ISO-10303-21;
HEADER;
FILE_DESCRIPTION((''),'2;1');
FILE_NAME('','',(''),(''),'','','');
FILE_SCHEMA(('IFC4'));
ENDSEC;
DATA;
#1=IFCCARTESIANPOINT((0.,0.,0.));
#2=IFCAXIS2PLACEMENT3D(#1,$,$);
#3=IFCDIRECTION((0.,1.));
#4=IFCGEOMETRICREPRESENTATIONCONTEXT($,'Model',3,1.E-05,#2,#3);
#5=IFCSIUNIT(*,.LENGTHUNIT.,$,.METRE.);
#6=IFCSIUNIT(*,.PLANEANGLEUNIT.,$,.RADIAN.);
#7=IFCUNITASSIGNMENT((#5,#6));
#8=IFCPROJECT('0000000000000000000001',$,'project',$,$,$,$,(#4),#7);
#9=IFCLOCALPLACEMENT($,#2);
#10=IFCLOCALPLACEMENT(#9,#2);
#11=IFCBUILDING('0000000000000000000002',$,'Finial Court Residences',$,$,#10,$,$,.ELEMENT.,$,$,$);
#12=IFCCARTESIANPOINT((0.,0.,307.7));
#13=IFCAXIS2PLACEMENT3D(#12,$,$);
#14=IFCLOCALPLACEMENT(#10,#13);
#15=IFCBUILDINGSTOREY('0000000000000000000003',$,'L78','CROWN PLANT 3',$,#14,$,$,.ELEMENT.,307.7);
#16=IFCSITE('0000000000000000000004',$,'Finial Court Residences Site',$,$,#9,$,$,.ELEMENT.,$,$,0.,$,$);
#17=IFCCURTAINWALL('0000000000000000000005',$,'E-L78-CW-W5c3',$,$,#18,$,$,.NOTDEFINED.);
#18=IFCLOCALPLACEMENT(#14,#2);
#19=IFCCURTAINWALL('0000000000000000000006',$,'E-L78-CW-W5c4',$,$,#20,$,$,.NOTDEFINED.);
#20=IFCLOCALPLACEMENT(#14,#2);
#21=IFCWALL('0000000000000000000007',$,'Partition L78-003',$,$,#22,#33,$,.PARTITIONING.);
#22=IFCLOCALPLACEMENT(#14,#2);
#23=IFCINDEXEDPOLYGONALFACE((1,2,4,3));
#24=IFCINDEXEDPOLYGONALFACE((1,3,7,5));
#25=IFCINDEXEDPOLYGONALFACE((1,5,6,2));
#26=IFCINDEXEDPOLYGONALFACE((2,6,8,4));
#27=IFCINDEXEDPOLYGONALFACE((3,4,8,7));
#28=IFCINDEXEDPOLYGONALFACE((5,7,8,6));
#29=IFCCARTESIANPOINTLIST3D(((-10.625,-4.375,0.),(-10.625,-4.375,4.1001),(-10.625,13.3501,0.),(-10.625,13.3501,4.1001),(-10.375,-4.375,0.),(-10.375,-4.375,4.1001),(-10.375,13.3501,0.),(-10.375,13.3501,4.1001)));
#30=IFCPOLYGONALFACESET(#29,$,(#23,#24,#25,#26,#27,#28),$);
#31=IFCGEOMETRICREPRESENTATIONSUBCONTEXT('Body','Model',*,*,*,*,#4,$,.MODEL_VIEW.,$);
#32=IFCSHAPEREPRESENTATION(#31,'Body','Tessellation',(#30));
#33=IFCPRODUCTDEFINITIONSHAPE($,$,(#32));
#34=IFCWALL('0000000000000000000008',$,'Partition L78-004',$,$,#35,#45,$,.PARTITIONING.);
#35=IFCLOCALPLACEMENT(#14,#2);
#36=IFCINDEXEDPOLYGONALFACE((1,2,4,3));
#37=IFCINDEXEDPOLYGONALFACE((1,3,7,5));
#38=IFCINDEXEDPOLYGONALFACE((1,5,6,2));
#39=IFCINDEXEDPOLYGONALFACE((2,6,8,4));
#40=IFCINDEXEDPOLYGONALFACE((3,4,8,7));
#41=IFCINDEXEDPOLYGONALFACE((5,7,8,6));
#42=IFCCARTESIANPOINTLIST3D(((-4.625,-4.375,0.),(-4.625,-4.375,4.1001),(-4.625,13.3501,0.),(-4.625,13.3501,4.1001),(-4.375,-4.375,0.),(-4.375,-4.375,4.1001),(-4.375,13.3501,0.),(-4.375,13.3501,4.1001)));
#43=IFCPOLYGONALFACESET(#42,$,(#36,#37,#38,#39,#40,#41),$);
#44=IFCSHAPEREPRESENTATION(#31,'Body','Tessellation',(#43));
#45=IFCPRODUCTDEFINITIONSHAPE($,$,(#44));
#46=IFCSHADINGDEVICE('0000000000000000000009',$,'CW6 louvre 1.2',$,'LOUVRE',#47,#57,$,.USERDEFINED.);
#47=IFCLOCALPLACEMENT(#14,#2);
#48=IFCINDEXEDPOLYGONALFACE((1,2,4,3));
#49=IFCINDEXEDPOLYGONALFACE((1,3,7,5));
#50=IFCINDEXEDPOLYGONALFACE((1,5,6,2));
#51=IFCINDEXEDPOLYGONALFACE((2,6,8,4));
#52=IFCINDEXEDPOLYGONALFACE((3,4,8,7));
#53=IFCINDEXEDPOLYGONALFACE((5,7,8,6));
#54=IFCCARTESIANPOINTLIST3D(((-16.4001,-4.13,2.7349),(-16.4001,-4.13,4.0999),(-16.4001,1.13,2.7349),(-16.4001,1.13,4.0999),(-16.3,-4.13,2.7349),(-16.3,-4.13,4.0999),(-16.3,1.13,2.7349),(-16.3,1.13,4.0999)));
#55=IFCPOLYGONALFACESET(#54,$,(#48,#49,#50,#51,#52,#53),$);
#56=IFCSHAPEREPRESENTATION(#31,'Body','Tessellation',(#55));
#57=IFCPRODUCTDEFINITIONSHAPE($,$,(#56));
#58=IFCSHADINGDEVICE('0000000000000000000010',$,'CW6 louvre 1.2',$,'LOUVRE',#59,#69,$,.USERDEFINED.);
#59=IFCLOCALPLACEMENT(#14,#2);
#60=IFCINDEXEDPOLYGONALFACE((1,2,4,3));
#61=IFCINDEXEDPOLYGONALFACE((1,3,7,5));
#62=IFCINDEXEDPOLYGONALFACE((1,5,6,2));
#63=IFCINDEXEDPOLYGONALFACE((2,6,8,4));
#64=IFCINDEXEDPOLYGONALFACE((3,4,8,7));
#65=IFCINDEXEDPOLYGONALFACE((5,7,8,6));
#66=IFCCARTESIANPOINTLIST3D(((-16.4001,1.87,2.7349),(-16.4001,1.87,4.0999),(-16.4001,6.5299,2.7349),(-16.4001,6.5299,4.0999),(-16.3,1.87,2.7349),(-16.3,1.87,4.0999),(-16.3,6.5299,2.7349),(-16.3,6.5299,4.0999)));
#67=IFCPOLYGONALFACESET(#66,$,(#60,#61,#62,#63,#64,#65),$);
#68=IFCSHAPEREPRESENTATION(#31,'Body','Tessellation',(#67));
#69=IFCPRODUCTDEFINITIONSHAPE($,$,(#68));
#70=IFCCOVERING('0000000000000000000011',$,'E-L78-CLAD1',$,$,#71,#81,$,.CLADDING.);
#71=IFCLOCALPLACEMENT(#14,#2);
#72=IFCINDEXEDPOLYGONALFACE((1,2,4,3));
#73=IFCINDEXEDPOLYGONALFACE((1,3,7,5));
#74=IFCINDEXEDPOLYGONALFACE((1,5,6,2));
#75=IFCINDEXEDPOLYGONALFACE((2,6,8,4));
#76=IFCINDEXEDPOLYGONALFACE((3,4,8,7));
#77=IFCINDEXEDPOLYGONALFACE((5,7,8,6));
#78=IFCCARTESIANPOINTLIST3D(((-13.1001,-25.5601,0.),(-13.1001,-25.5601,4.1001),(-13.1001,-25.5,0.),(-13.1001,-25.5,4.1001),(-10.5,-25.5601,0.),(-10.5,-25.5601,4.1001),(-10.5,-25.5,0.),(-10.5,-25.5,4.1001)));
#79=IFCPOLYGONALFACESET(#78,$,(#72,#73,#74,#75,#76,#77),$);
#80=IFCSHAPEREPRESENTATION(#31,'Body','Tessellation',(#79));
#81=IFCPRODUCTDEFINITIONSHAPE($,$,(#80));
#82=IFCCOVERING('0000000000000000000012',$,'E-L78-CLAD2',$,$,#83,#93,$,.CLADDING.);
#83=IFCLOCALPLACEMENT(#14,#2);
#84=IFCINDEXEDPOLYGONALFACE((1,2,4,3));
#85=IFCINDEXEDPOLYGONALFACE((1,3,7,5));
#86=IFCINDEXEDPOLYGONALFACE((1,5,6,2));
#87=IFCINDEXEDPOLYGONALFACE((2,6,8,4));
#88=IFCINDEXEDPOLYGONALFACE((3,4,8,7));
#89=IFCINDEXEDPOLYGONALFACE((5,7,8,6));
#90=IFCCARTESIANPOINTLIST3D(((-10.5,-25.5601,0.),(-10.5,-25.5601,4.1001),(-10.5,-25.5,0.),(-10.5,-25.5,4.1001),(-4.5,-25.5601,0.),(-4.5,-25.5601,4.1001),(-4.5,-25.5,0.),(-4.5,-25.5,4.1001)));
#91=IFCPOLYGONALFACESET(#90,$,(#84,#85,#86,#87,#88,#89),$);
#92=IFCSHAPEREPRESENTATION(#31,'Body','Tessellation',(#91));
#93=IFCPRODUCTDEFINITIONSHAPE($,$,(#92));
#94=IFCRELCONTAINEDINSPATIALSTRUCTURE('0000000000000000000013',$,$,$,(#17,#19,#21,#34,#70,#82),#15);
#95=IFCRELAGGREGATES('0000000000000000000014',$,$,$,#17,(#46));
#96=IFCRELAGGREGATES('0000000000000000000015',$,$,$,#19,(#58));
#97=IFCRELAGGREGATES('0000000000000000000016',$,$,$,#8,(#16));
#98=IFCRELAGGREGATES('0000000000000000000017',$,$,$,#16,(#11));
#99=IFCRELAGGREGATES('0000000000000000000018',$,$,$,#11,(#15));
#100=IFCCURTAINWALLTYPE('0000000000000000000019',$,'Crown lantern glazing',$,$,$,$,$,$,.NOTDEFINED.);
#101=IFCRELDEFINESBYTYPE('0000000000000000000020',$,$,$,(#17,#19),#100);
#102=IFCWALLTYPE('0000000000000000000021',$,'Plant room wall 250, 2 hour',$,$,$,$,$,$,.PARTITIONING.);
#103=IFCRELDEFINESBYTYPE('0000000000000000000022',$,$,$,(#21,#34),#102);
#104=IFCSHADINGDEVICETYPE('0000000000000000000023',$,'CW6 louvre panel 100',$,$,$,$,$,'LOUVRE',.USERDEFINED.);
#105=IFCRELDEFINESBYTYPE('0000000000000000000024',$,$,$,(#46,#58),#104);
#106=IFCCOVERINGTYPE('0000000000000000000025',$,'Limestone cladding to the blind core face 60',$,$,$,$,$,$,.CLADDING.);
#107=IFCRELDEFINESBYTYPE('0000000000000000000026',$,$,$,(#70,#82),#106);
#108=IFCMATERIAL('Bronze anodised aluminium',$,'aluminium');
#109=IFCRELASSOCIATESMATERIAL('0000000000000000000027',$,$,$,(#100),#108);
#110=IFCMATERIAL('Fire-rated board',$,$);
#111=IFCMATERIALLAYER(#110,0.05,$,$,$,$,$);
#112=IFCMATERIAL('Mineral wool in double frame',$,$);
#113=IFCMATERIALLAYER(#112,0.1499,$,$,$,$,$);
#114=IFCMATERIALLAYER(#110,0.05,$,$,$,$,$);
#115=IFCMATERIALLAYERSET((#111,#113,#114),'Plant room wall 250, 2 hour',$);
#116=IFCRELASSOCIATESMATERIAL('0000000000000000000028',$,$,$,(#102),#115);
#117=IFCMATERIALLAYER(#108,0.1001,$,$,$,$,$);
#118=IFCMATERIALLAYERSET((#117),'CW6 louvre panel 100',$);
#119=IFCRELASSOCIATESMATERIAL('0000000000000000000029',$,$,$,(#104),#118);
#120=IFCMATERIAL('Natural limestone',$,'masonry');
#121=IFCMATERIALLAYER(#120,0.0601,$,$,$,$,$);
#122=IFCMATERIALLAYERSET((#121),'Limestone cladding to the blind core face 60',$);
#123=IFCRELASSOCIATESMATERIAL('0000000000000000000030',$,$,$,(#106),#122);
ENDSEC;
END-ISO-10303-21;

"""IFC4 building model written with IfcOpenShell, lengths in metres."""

from ifc_helpers import new_model, si_unit, direction, frame, frame_2d, origin, origin_2d, place, context, subcontext, project, spatial, polyline, rectangle, outline, extrude, material, layer, layer_set, type_object, element, aggregate, save


model = new_model("IFC4")

# Units and contexts
model_context = context("Model", 3, precision=1e-05, world=origin(), true_north=direction((0.0, 1.0)))
body_context = subcontext(model_context, "Body", "Model", "MODEL_VIEW")
ifc_project = project(units=[si_unit("LENGTHUNIT", "METRE"), si_unit("PLANEANGLEUNIT", "RADIAN")], contexts=[model_context])

# Site, building, storey
site_placement = place(None, origin())
site = spatial("IfcSite", under=ifc_project, at=site_placement, Name="Finial Court Residences Site", CompositionType="ELEMENT", RefElevation=0.0)
building_placement = place(site_placement, origin())
building = spatial("IfcBuilding", under=site, at=building_placement, Name="Finial Court Residences", CompositionType="ELEMENT")
storey_placement = place(building_placement, frame((0.0, 0.0, 307.7)))
storey = spatial("IfcBuildingStorey", under=building, at=storey_placement, Name="L78", Description="CROWN PLANT 3", CompositionType="ELEMENT", Elevation=307.7)

# Curtain wall
ifc_material_1 = material(Name="Bronze anodised aluminium", Category="aluminium")
curtain_wall_type = type_object("IfcCurtainWallType", Name="Crown lantern glazing", PredefinedType="NOTDEFINED", material=ifc_material_1)
curtain_wall_1_placement = place(storey_placement, origin())
curtain_wall_1 = element("IfcCurtainWall", 1, at=curtain_wall_1_placement, inside=storey, type_object=curtain_wall_type, Name="E-L78-CW-W5c3", PredefinedType="NOTDEFINED")

# Curtain wall
curtain_wall_2_placement = place(storey_placement, origin())
curtain_wall_2 = element("IfcCurtainWall", 2, at=curtain_wall_2_placement, inside=storey, type_object=curtain_wall_type, Name="E-L78-CW-W5c4", PredefinedType="NOTDEFINED")

# Shared definitions
ifc_material_2 = material(Name="Fire-rated board")
ifc_layer_1 = layer(ifc_material_2, 0.05)
ifc_material_3 = material(Name="Mineral wool in double frame")
ifc_layer_2 = layer(ifc_material_3, 0.1499)
ifc_layer_3 = layer(ifc_material_2, 0.05)
ifc_layer_set_1 = layer_set([ifc_layer_1, ifc_layer_2, ifc_layer_3], Name="Plant room wall 250, 2 hour")
wall_type = type_object("IfcWallType", Name="Plant room wall 250, 2 hour", PredefinedType="PARTITIONING", material=ifc_layer_set_1)

# Walls
for number, where, z_axis, x_axis, name in (
    (3, (-10.5, -4.375, 0.0), (0.0, 0.0, 1.0), (0.0, 1.0, 0.0), "Partition L78-003"),
    (4, (-4.5, -4.375, 0.0), (0.0, 0.0, 1.0), (0.0, 1.0, 0.0), "Partition L78-004"),
):
    element("IfcWall", number, at=place(storey_placement, frame(where, z_axis=z_axis, x_axis=x_axis)), inside=storey, type_object=wall_type, Name=name, PredefinedType="PARTITIONING", context=body_context, shape_type="SweptSolid", body=[
        extrude(rectangle(XDim=17.7251, YDim=0.25, at=frame_2d((8.8625, 0.0))), origin(), (0.0, 0.0, 1.0), 4.1001),
    ])

# Shading devices
ifc_layer_4 = layer(ifc_material_1, 0.1001)
ifc_layer_set_2 = layer_set([ifc_layer_4], Name="CW6 louvre panel 100")
shading_device_type = type_object("IfcShadingDeviceType", Name="CW6 louvre panel 100", ElementType="LOUVRE", PredefinedType="USERDEFINED", material=ifc_layer_set_2)
shading_device_1_placement = place(storey_placement, frame((-16.3501, -1.5, 2.7349), z_axis=(0.0, 0.0, 1.0), x_axis=(0.0, 1.0, 0.0)))
shading_device_1 = element("IfcShadingDevice", 5, at=shading_device_1_placement, type_object=shading_device_type, Name="CW6 louvre 1.2", ObjectType="LOUVRE", PredefinedType="USERDEFINED", context=body_context, shape_type="SweptSolid", body=[
    extrude(rectangle(XDim=5.26, YDim=0.1001, at=origin_2d()), origin(), (0.0, 0.0, 1.0), 1.365),
])
aggregate(curtain_wall_1, [shading_device_1])
shading_device_2_placement = place(storey_placement, frame((-16.3501, 4.2, 2.7349), z_axis=(0.0, 0.0, 1.0), x_axis=(0.0, 1.0, 0.0)))
shading_device_2 = element("IfcShadingDevice", 6, at=shading_device_2_placement, type_object=shading_device_type, Name="CW6 louvre 1.2", ObjectType="LOUVRE", PredefinedType="USERDEFINED", context=body_context, shape_type="SweptSolid", body=[
    extrude(rectangle(XDim=4.6599, YDim=0.1001, at=origin_2d()), origin(), (0.0, 0.0, 1.0), 1.365),
])
aggregate(curtain_wall_2, [shading_device_2])

# Coverings
ifc_material_4 = material(Name="Natural limestone", Category="masonry")
ifc_layer_5 = layer(ifc_material_4, 0.0601)
ifc_layer_set_3 = layer_set([ifc_layer_5], Name="Limestone cladding to the blind core face 60")
covering_type = type_object("IfcCoveringType", Name="Limestone cladding to the blind core face 60", PredefinedType="CLADDING", material=ifc_layer_set_3)
covering_1_placement = place(storey_placement, origin())
element("IfcCovering", 7, at=covering_1_placement, inside=storey, type_object=covering_type, Name="E-L78-CLAD1", PredefinedType="CLADDING", context=body_context, shape_type="SweptSolid", body=[
    extrude(outline(polyline([(-10.5, -25.5601), (-10.5, -25.5), (-13.1001, -25.5), (-13.1001, -25.5601), (-10.5, -25.5601)])), origin(), (0.0, 0.0, 1.0), 4.1001),
])
covering_2_placement = place(storey_placement, origin())
element("IfcCovering", 8, at=covering_2_placement, inside=storey, type_object=covering_type, Name="E-L78-CLAD2", PredefinedType="CLADDING", context=body_context, shape_type="SweptSolid", body=[
    extrude(outline(polyline([(-4.5, -25.5601), (-4.5, -25.5), (-10.5, -25.5), (-10.5, -25.5601), (-4.5, -25.5601)])), origin(), (0.0, 0.0, 1.0), 4.1001),
])

save(model, "model.ifc")
